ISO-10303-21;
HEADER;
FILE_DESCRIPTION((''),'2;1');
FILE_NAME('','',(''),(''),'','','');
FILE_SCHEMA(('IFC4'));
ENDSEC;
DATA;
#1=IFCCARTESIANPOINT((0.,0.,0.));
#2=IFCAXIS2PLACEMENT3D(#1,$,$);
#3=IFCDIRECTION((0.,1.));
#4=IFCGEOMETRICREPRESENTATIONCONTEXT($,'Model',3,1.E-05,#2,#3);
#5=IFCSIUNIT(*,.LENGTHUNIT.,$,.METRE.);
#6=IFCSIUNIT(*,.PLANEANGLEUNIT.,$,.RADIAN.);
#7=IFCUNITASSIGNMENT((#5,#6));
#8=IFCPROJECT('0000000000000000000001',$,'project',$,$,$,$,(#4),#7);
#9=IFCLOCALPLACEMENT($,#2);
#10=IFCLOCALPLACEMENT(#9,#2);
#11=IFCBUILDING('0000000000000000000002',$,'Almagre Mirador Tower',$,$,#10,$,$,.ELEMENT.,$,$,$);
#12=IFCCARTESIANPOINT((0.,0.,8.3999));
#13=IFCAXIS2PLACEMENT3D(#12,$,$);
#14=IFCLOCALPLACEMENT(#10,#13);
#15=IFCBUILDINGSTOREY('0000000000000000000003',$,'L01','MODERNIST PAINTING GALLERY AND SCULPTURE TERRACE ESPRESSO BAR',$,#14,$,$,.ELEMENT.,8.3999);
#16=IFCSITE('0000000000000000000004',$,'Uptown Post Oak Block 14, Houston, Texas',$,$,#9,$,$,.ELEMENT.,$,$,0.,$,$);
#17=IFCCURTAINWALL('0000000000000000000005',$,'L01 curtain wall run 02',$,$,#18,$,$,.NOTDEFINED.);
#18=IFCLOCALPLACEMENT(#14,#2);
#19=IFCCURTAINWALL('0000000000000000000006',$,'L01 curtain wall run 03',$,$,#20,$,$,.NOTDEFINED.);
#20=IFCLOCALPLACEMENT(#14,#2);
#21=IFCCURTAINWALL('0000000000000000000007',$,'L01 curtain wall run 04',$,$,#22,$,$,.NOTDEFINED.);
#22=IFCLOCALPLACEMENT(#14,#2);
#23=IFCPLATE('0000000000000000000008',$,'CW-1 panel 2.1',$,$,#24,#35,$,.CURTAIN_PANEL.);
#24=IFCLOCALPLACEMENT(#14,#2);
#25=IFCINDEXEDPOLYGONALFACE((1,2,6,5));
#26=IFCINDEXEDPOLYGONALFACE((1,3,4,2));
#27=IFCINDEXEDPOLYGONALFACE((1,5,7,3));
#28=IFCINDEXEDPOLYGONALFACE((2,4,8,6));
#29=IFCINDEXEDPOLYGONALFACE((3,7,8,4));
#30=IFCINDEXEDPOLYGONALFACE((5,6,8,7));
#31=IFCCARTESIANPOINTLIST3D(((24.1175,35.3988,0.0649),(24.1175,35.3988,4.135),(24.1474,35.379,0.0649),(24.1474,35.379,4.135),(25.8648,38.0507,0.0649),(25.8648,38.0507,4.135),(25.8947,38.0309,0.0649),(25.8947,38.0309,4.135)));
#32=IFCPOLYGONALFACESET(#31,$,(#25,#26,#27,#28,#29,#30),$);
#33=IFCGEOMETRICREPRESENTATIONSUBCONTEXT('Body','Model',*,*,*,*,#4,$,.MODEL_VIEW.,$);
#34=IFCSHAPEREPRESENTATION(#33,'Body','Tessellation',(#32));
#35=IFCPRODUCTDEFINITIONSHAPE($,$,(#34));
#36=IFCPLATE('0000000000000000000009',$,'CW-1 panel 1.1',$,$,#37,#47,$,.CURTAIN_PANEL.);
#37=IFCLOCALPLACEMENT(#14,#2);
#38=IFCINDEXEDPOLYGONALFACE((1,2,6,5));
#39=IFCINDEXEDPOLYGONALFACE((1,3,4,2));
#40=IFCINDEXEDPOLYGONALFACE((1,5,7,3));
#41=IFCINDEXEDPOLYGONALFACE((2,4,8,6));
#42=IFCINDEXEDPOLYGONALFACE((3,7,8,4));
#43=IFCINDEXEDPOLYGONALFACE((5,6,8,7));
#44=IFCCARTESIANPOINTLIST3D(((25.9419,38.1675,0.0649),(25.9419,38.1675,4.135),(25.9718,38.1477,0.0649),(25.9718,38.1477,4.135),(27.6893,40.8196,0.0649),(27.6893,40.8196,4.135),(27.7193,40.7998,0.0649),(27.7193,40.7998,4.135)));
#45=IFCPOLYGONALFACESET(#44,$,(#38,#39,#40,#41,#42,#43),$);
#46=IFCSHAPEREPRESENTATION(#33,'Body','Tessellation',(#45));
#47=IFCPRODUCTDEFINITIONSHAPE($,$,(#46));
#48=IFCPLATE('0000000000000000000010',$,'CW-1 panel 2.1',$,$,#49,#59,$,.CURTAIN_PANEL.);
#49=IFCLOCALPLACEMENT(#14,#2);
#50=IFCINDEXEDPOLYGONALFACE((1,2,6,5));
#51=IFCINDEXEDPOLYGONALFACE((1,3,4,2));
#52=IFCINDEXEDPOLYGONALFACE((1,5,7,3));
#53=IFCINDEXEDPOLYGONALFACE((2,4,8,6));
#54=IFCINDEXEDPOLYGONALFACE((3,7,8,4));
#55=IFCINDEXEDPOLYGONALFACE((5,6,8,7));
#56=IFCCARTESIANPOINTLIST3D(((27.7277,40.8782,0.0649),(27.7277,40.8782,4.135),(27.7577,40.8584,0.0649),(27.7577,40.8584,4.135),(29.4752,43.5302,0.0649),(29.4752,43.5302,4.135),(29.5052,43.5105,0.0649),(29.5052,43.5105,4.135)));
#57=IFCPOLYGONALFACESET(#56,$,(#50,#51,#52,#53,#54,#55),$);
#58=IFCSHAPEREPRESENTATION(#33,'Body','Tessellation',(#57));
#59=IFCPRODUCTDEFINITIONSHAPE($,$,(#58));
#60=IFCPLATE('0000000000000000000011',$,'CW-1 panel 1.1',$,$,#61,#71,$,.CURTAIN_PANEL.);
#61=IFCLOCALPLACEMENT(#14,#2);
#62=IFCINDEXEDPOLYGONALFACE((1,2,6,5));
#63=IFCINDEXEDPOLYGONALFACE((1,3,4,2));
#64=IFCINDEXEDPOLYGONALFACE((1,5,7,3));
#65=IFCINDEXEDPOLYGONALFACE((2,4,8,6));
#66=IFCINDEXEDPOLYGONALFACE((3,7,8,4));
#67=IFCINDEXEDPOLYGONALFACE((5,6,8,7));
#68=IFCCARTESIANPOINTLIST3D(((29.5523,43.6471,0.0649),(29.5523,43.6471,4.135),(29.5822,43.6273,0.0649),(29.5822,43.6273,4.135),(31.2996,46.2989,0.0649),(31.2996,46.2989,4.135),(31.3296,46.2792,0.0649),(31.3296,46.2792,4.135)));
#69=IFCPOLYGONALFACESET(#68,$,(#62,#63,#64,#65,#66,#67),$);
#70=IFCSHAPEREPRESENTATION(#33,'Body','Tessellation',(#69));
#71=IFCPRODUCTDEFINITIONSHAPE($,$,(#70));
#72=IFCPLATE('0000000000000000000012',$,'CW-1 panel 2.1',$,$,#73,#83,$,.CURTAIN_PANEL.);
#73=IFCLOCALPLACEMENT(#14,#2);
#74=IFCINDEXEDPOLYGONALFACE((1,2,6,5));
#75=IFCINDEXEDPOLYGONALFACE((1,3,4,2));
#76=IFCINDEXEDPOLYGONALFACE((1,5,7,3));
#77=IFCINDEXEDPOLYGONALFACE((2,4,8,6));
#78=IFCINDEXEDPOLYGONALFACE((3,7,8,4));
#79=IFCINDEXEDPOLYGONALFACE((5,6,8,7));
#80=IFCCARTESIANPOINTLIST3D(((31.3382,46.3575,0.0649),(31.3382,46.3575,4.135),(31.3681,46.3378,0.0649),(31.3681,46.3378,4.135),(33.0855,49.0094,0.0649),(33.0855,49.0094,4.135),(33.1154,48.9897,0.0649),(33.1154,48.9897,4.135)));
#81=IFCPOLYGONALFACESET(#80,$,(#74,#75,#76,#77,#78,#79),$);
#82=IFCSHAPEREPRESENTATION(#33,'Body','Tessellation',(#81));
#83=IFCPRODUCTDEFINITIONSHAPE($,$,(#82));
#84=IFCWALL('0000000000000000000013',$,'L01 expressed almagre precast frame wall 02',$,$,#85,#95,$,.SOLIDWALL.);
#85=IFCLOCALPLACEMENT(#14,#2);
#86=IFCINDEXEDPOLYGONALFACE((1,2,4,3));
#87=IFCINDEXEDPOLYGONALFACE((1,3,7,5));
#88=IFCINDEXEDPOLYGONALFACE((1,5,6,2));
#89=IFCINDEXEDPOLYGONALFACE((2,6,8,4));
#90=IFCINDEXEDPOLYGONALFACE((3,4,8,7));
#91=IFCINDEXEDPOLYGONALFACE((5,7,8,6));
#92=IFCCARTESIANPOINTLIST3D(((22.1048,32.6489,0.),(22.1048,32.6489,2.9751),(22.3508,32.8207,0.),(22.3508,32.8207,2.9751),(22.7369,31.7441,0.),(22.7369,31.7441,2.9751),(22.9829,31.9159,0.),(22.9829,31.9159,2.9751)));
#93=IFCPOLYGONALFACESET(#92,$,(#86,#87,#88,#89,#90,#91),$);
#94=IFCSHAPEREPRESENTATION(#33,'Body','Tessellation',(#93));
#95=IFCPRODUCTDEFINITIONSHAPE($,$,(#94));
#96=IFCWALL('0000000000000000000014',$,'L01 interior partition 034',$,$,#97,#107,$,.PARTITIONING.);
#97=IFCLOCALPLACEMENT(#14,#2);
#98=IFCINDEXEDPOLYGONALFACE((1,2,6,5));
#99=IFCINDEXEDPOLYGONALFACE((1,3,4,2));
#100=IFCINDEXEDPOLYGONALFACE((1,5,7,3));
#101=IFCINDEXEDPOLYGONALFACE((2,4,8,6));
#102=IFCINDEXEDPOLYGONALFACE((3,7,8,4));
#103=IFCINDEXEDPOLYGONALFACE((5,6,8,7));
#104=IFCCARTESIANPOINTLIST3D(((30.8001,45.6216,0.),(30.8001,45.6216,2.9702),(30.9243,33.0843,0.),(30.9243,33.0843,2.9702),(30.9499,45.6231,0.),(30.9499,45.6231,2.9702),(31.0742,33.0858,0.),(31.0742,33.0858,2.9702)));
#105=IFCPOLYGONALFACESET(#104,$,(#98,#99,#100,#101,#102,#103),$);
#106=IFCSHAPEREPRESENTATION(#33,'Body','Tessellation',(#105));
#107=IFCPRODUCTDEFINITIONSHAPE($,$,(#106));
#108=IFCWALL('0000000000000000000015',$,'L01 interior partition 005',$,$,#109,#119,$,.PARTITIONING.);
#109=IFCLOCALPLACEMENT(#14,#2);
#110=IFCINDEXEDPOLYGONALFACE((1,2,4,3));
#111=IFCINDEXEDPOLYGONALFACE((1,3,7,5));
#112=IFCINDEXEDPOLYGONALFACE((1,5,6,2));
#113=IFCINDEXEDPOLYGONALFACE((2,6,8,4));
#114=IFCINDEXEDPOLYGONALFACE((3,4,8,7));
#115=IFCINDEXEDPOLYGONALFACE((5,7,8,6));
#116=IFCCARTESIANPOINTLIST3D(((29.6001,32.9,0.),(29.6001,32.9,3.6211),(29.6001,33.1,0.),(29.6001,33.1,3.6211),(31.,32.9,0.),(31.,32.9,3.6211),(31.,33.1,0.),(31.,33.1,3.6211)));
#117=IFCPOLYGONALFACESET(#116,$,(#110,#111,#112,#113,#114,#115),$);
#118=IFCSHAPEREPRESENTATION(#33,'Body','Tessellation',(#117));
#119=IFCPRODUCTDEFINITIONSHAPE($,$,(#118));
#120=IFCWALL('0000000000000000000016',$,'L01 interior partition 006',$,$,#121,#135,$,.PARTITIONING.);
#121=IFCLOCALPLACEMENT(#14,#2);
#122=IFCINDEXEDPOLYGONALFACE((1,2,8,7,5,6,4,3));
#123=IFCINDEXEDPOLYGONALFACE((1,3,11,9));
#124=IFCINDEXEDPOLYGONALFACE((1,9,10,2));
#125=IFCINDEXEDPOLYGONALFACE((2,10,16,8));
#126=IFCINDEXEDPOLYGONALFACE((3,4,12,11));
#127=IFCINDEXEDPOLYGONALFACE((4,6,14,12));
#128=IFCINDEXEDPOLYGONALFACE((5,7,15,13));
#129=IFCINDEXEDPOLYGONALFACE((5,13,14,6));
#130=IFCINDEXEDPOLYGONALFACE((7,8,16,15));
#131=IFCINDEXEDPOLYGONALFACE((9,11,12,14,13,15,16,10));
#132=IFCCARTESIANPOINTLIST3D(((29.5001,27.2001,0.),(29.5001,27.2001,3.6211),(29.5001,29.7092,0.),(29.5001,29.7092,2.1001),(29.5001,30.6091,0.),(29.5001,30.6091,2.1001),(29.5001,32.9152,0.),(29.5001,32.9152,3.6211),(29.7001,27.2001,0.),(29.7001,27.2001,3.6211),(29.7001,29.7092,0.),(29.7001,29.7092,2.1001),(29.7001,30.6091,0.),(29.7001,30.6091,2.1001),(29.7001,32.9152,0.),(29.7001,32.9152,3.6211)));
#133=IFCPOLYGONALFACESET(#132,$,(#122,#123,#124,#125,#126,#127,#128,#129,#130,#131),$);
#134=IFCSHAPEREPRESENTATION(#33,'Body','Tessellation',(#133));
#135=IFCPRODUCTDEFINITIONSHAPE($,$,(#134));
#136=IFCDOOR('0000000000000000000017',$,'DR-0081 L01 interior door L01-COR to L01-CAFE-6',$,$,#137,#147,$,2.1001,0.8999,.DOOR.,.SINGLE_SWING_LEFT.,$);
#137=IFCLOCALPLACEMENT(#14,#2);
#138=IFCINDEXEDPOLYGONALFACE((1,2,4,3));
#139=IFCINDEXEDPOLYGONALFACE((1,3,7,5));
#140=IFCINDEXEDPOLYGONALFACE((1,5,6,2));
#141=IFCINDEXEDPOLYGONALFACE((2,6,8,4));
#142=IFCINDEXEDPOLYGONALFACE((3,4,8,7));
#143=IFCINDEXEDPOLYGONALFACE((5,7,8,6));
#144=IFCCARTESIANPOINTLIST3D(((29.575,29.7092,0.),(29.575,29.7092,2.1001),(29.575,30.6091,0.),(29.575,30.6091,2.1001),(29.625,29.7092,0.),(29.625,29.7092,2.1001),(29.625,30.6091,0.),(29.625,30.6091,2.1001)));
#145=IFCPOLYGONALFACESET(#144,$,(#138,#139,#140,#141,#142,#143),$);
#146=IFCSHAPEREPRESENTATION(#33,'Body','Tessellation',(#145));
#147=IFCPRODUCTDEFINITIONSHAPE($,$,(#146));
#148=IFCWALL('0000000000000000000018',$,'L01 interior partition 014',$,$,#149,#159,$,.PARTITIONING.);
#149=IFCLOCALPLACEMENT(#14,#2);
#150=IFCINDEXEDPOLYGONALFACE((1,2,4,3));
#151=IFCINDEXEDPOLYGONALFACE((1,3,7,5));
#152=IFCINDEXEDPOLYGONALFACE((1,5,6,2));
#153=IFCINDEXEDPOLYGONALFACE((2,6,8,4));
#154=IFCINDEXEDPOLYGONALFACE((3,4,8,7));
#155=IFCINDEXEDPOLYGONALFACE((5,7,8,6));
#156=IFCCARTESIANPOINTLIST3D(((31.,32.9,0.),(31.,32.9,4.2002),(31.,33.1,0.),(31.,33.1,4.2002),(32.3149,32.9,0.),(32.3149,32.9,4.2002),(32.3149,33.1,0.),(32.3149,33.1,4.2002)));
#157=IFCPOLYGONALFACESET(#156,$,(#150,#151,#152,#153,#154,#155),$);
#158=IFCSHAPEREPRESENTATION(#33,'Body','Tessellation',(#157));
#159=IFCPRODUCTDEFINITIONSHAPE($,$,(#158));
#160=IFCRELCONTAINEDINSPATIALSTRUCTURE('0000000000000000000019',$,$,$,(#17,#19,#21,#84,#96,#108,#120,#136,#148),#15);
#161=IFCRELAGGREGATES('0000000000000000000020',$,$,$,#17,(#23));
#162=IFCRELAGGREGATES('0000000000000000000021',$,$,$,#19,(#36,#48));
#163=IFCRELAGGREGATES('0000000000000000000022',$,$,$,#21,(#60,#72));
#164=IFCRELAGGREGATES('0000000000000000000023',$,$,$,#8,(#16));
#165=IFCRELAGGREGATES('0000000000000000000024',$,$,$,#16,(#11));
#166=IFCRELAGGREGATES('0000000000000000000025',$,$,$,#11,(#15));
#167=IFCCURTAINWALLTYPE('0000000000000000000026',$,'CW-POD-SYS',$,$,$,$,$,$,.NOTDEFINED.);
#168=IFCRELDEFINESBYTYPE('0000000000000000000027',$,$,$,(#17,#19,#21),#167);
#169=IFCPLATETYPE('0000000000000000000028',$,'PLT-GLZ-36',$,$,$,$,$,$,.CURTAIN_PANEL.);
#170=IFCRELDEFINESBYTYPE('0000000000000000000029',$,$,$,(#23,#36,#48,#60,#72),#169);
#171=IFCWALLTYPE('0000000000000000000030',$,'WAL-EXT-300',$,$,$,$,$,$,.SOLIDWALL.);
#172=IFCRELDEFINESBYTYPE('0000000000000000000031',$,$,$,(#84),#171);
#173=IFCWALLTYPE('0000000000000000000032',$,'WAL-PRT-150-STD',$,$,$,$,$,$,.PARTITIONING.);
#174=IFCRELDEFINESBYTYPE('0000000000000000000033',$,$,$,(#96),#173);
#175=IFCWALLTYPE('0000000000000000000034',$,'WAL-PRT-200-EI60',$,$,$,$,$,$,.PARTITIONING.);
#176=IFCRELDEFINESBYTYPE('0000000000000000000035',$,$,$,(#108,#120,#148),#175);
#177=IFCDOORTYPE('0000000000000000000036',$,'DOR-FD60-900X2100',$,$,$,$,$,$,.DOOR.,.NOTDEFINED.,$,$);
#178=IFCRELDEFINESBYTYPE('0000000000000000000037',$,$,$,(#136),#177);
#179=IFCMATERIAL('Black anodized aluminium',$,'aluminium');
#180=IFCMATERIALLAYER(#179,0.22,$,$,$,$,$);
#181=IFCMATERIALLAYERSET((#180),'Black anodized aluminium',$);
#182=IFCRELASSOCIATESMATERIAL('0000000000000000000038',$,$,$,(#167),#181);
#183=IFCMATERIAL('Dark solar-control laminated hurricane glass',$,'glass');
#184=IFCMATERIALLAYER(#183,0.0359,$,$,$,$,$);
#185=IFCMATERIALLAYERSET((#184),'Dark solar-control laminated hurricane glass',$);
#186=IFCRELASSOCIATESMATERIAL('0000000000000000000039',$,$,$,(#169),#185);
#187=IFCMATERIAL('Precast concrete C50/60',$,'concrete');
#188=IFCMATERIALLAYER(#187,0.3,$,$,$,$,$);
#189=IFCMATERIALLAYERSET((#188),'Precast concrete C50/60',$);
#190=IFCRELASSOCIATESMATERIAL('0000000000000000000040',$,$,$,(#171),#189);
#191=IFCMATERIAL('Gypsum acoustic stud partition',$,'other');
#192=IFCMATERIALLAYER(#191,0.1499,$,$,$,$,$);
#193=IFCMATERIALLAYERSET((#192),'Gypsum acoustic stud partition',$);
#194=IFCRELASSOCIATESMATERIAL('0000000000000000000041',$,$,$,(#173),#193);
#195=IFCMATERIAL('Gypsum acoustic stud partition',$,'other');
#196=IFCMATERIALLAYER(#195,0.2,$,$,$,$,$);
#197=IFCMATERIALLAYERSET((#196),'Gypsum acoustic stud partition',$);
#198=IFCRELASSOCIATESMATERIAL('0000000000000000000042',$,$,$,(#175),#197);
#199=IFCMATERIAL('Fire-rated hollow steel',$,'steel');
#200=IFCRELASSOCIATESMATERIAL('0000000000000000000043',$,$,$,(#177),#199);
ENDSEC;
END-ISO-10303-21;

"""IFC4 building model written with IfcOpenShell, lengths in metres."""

from ifc_helpers import new_model, si_unit, direction, frame, frame_2d, origin, origin_2d, place, context, subcontext, project, spatial, rectangle, extrude, material, layer, layer_set, type_object, element, fill, aggregate, save


model = new_model("IFC4")

# Units and contexts
model_context = context("Model", 3, precision=1e-05, world=origin(), true_north=direction((0.0, 1.0)))
body_context = subcontext(model_context, "Body", "Model", "MODEL_VIEW")
ifc_project = project(units=[si_unit("LENGTHUNIT", "METRE"), si_unit("PLANEANGLEUNIT", "RADIAN")], contexts=[model_context])

# Site, building, storey
site_placement = place(None, origin())
site = spatial("IfcSite", under=ifc_project, at=site_placement, Name="Uptown Post Oak Block 14, Houston, Texas", CompositionType="ELEMENT", RefElevation=0.0)
building_placement = place(site_placement, origin())
building = spatial("IfcBuilding", under=site, at=building_placement, Name="Almagre Mirador Tower", CompositionType="ELEMENT")
storey_placement = place(building_placement, frame((0.0, 0.0, 8.3999)))
storey = spatial("IfcBuildingStorey", under=building, at=storey_placement, Name="L01", Description="MODERNIST PAINTING GALLERY AND SCULPTURE TERRACE ESPRESSO BAR", CompositionType="ELEMENT", Elevation=8.3999)

# Curtain walls
ifc_material_1 = material(Name="Black anodized aluminium", Category="aluminium")
ifc_layer_1 = layer(ifc_material_1, 0.22)
ifc_layer_set_1 = layer_set([ifc_layer_1], Name="Black anodized aluminium")
curtain_wall_type = type_object("IfcCurtainWallType", Name="CW-POD-SYS", PredefinedType="NOTDEFINED", material=ifc_layer_set_1)
curtain_wall_1_placement = place(storey_placement, origin())
curtain_wall_1 = element("IfcCurtainWall", 1, at=curtain_wall_1_placement, inside=storey, type_object=curtain_wall_type, Name="L01 curtain wall run 02", PredefinedType="NOTDEFINED")
curtain_wall_2_placement = place(storey_placement, origin())
curtain_wall_2 = element("IfcCurtainWall", 2, at=curtain_wall_2_placement, inside=storey, type_object=curtain_wall_type, Name="L01 curtain wall run 03", PredefinedType="NOTDEFINED")
curtain_wall_3_placement = place(storey_placement, origin())
curtain_wall_3 = element("IfcCurtainWall", 3, at=curtain_wall_3_placement, inside=storey, type_object=curtain_wall_type, Name="L01 curtain wall run 04", PredefinedType="NOTDEFINED")

# Plates
ifc_material_2 = material(Name="Dark solar-control laminated hurricane glass", Category="glass")
ifc_layer_2 = layer(ifc_material_2, 0.0359)
ifc_layer_set_2 = layer_set([ifc_layer_2], Name="Dark solar-control laminated hurricane glass")
plate_type = type_object("IfcPlateType", Name="PLT-GLZ-36", PredefinedType="CURTAIN_PANEL", material=ifc_layer_set_2)
plate_1_placement = place(storey_placement, frame((25.0061, 36.7148, 0.0649), z_axis=(0.0, 0.0, 1.0), x_axis=(0.550201, 0.835032, 0.0)))
plate_1 = element("IfcPlate", 4, at=plate_1_placement, type_object=plate_type, Name="CW-1 panel 2.1", PredefinedType="CURTAIN_PANEL", context=body_context, shape_type="SweptSolid", body=[
    extrude(rectangle(XDim=3.1758, YDim=0.0359, at=origin_2d()), origin(), (0.0, 0.0, 1.0), 4.0701),
])
aggregate(curtain_wall_1, [plate_1])
plate_2_placement = place(storey_placement, frame((26.8306, 39.4836, 0.0649), z_axis=(0.0, 0.0, 1.0), x_axis=(0.550205, 0.83503, 0.0)))
plate_2 = element("IfcPlate", 5, at=plate_2_placement, type_object=plate_type, Name="CW-1 panel 1.1", PredefinedType="CURTAIN_PANEL", context=body_context, shape_type="SweptSolid", body=[
    extrude(rectangle(XDim=3.176, YDim=0.0359, at=origin_2d()), origin(), (0.0, 0.0, 1.0), 4.0701),
])
plate_3_placement = place(storey_placement, frame((28.6165, 42.1943, 0.0649), z_axis=(0.0, 0.0, 1.0), x_axis=(0.550205, 0.83503, 0.0)))
plate_3 = element("IfcPlate", 6, at=plate_3_placement, type_object=plate_type, Name="CW-1 panel 2.1", PredefinedType="CURTAIN_PANEL", context=body_context, shape_type="SweptSolid", body=[
    extrude(rectangle(XDim=3.176, YDim=0.0359, at=origin_2d()), origin(), (0.0, 0.0, 1.0), 4.0701),
])
aggregate(curtain_wall_2, [plate_2, plate_3])
plate_4_placement = place(storey_placement, frame((30.4409, 44.9631, 0.0649), z_axis=(0.0, 0.0, 1.0), x_axis=(0.550201, 0.835032, 0.0)))
plate_4 = element("IfcPlate", 7, at=plate_4_placement, type_object=plate_type, Name="CW-1 panel 1.1", PredefinedType="CURTAIN_PANEL", context=body_context, shape_type="SweptSolid", body=[
    extrude(rectangle(XDim=3.1758, YDim=0.0359, at=origin_2d()), origin(), (0.0, 0.0, 1.0), 4.0701),
])
plate_5_placement = place(storey_placement, frame((32.2268, 47.6736, 0.0649), z_axis=(0.0, 0.0, 1.0), x_axis=(0.550201, 0.835032, 0.0)))
plate_5 = element("IfcPlate", 8, at=plate_5_placement, type_object=plate_type, Name="CW-1 panel 2.1", PredefinedType="CURTAIN_PANEL", context=body_context, shape_type="SweptSolid", body=[
    extrude(rectangle(XDim=3.1758, YDim=0.0359, at=origin_2d()), origin(), (0.0, 0.0, 1.0), 4.0701),
])
aggregate(curtain_wall_3, [plate_4, plate_5])

# Walls
ifc_material_3 = material(Name="Precast concrete C50/60", Category="concrete")
ifc_layer_3 = layer(ifc_material_3, 0.3)
ifc_layer_set_3 = layer_set([ifc_layer_3], Name="Precast concrete C50/60")
wall_type_1 = type_object("IfcWallType", Name="WAL-EXT-300", PredefinedType="SOLIDWALL", material=ifc_layer_set_3)
wall_1_placement = place(storey_placement, frame((22.8599, 31.8301, 0.0), z_axis=(0.0, 0.0, 1.0), x_axis=(-0.57269, 0.819772, 0.0)))
element("IfcWall", 9, at=wall_1_placement, inside=storey, type_object=wall_type_1, Name="L01 expressed almagre precast frame wall 02", PredefinedType="SOLIDWALL", context=body_context, shape_type="SweptSolid", body=[
    extrude(rectangle(XDim=1.1038, YDim=0.3, at=frame_2d((0.5518, 0.0))), origin(), (0.0, 0.0, 1.0), 2.9751),
])
ifc_material_4 = material(Name="Gypsum acoustic stud partition", Category="other")
ifc_layer_4 = layer(ifc_material_4, 0.1499)
ifc_layer_set_4 = layer_set([ifc_layer_4], Name="Gypsum acoustic stud partition")
wall_type_2 = type_object("IfcWallType", Name="WAL-PRT-150-STD", PredefinedType="PARTITIONING", material=ifc_layer_set_4)
wall_2_placement = place(storey_placement, frame((30.9993, 33.085, 0.0), z_axis=(0.0, 0.0, 1.0), x_axis=(-0.009911, 0.999951, 0.0)))
element("IfcWall", 10, at=wall_2_placement, inside=storey, type_object=wall_type_2, Name="L01 interior partition 034", PredefinedType="PARTITIONING", context=body_context, shape_type="SweptSolid", body=[
    extrude(rectangle(XDim=12.5378, YDim=0.1499, at=frame_2d((6.269, 0.0))), origin(), (0.0, 0.0, 1.0), 2.9702),
])
ifc_material_5 = material(Name="Gypsum acoustic stud partition", Category="other")
ifc_layer_5 = layer(ifc_material_5, 0.2)
ifc_layer_set_5 = layer_set([ifc_layer_5], Name="Gypsum acoustic stud partition")
wall_type_3 = type_object("IfcWallType", Name="WAL-PRT-200-EI60", PredefinedType="PARTITIONING", material=ifc_layer_set_5)
wall_3_placement = place(storey_placement, frame((31.0, 33.0, 0.0), z_axis=(0.0, 0.0, 1.0), x_axis=(-1.0, 0.0, 0.0)))
element("IfcWall", 11, at=wall_3_placement, inside=storey, type_object=wall_type_3, Name="L01 interior partition 005", PredefinedType="PARTITIONING", context=body_context, shape_type="SweptSolid", body=[
    extrude(rectangle(XDim=1.3999, YDim=0.2, at=frame_2d((0.7, 0.0))), origin(), (0.0, 0.0, 1.0), 3.6211),
])

# Wall, opening, door
wall_4_placement = place(storey_placement, frame((29.6001, 32.915, 0.0), z_axis=(0.0, 0.0, 1.0), x_axis=(0.0, -1.0, 0.0)))
wall_4 = element("IfcWall", 12, at=wall_4_placement, inside=storey, type_object=wall_type_3, Name="L01 interior partition 006", PredefinedType="PARTITIONING", context=body_context, shape_type="SweptSolid", body=[
    extrude(rectangle(XDim=5.7151, YDim=0.2, at=frame_2d((2.8574, 0.0))), origin(), (0.0, 0.0, 1.0), 3.6211),
])
opening_placement = place(wall_4_placement, frame((2.3059, 0.0, 0.0)))
opening = element("IfcOpeningElement", 13, at=opening_placement, cuts=wall_4, PredefinedType="OPENING", context=body_context, shape_type="SweptSolid", body=[
    extrude(rectangle(XDim=0.8999, YDim=2.1001, at=frame_2d((0.45, 1.05))), frame((0.0, 0.1101, 0.0), z_axis=(0.0, -1.0, 0.0), x_axis=(1.0, 0.0, 0.0)), (0.0, 0.0, 1.0), 0.22),
])
ifc_material_6 = material(Name="Fire-rated hollow steel", Category="steel")
door_type = type_object("IfcDoorType", Name="DOR-FD60-900X2100", OperationType="NOTDEFINED", PredefinedType="DOOR", material=ifc_material_6)
door_placement = place(opening_placement, origin())
door = element("IfcDoor", 14, at=door_placement, inside=storey, type_object=door_type, Name="DR-0081 L01 interior door L01-COR to L01-CAFE-6", OperationType="SINGLE_SWING_LEFT", OverallHeight=2.1001, OverallWidth=0.8999, PredefinedType="DOOR", context=body_context, shape_type="SweptSolid", body=[
    extrude(rectangle(XDim=0.8999, YDim=2.1001, at=frame_2d((0.45, 1.05))), frame((0.0, 0.0249, 0.0), z_axis=(0.0, -1.0, 0.0), x_axis=(1.0, 0.0, 0.0)), (0.0, 0.0, 1.0), 0.05),
])
fill(opening, door)

# Wall
wall_5_placement = place(storey_placement, frame((32.3149, 33.0, 0.0), z_axis=(0.0, 0.0, 1.0), x_axis=(-1.0, 0.0, 0.0)))
element("IfcWall", 15, at=wall_5_placement, inside=storey, type_object=wall_type_3, Name="L01 interior partition 014", PredefinedType="PARTITIONING", context=body_context, shape_type="SweptSolid", body=[
    extrude(rectangle(XDim=1.3149, YDim=0.2, at=frame_2d((0.6575, 0.0))), origin(), (0.0, 0.0, 1.0), 4.2002),
])

save(model, "model.ifc")
